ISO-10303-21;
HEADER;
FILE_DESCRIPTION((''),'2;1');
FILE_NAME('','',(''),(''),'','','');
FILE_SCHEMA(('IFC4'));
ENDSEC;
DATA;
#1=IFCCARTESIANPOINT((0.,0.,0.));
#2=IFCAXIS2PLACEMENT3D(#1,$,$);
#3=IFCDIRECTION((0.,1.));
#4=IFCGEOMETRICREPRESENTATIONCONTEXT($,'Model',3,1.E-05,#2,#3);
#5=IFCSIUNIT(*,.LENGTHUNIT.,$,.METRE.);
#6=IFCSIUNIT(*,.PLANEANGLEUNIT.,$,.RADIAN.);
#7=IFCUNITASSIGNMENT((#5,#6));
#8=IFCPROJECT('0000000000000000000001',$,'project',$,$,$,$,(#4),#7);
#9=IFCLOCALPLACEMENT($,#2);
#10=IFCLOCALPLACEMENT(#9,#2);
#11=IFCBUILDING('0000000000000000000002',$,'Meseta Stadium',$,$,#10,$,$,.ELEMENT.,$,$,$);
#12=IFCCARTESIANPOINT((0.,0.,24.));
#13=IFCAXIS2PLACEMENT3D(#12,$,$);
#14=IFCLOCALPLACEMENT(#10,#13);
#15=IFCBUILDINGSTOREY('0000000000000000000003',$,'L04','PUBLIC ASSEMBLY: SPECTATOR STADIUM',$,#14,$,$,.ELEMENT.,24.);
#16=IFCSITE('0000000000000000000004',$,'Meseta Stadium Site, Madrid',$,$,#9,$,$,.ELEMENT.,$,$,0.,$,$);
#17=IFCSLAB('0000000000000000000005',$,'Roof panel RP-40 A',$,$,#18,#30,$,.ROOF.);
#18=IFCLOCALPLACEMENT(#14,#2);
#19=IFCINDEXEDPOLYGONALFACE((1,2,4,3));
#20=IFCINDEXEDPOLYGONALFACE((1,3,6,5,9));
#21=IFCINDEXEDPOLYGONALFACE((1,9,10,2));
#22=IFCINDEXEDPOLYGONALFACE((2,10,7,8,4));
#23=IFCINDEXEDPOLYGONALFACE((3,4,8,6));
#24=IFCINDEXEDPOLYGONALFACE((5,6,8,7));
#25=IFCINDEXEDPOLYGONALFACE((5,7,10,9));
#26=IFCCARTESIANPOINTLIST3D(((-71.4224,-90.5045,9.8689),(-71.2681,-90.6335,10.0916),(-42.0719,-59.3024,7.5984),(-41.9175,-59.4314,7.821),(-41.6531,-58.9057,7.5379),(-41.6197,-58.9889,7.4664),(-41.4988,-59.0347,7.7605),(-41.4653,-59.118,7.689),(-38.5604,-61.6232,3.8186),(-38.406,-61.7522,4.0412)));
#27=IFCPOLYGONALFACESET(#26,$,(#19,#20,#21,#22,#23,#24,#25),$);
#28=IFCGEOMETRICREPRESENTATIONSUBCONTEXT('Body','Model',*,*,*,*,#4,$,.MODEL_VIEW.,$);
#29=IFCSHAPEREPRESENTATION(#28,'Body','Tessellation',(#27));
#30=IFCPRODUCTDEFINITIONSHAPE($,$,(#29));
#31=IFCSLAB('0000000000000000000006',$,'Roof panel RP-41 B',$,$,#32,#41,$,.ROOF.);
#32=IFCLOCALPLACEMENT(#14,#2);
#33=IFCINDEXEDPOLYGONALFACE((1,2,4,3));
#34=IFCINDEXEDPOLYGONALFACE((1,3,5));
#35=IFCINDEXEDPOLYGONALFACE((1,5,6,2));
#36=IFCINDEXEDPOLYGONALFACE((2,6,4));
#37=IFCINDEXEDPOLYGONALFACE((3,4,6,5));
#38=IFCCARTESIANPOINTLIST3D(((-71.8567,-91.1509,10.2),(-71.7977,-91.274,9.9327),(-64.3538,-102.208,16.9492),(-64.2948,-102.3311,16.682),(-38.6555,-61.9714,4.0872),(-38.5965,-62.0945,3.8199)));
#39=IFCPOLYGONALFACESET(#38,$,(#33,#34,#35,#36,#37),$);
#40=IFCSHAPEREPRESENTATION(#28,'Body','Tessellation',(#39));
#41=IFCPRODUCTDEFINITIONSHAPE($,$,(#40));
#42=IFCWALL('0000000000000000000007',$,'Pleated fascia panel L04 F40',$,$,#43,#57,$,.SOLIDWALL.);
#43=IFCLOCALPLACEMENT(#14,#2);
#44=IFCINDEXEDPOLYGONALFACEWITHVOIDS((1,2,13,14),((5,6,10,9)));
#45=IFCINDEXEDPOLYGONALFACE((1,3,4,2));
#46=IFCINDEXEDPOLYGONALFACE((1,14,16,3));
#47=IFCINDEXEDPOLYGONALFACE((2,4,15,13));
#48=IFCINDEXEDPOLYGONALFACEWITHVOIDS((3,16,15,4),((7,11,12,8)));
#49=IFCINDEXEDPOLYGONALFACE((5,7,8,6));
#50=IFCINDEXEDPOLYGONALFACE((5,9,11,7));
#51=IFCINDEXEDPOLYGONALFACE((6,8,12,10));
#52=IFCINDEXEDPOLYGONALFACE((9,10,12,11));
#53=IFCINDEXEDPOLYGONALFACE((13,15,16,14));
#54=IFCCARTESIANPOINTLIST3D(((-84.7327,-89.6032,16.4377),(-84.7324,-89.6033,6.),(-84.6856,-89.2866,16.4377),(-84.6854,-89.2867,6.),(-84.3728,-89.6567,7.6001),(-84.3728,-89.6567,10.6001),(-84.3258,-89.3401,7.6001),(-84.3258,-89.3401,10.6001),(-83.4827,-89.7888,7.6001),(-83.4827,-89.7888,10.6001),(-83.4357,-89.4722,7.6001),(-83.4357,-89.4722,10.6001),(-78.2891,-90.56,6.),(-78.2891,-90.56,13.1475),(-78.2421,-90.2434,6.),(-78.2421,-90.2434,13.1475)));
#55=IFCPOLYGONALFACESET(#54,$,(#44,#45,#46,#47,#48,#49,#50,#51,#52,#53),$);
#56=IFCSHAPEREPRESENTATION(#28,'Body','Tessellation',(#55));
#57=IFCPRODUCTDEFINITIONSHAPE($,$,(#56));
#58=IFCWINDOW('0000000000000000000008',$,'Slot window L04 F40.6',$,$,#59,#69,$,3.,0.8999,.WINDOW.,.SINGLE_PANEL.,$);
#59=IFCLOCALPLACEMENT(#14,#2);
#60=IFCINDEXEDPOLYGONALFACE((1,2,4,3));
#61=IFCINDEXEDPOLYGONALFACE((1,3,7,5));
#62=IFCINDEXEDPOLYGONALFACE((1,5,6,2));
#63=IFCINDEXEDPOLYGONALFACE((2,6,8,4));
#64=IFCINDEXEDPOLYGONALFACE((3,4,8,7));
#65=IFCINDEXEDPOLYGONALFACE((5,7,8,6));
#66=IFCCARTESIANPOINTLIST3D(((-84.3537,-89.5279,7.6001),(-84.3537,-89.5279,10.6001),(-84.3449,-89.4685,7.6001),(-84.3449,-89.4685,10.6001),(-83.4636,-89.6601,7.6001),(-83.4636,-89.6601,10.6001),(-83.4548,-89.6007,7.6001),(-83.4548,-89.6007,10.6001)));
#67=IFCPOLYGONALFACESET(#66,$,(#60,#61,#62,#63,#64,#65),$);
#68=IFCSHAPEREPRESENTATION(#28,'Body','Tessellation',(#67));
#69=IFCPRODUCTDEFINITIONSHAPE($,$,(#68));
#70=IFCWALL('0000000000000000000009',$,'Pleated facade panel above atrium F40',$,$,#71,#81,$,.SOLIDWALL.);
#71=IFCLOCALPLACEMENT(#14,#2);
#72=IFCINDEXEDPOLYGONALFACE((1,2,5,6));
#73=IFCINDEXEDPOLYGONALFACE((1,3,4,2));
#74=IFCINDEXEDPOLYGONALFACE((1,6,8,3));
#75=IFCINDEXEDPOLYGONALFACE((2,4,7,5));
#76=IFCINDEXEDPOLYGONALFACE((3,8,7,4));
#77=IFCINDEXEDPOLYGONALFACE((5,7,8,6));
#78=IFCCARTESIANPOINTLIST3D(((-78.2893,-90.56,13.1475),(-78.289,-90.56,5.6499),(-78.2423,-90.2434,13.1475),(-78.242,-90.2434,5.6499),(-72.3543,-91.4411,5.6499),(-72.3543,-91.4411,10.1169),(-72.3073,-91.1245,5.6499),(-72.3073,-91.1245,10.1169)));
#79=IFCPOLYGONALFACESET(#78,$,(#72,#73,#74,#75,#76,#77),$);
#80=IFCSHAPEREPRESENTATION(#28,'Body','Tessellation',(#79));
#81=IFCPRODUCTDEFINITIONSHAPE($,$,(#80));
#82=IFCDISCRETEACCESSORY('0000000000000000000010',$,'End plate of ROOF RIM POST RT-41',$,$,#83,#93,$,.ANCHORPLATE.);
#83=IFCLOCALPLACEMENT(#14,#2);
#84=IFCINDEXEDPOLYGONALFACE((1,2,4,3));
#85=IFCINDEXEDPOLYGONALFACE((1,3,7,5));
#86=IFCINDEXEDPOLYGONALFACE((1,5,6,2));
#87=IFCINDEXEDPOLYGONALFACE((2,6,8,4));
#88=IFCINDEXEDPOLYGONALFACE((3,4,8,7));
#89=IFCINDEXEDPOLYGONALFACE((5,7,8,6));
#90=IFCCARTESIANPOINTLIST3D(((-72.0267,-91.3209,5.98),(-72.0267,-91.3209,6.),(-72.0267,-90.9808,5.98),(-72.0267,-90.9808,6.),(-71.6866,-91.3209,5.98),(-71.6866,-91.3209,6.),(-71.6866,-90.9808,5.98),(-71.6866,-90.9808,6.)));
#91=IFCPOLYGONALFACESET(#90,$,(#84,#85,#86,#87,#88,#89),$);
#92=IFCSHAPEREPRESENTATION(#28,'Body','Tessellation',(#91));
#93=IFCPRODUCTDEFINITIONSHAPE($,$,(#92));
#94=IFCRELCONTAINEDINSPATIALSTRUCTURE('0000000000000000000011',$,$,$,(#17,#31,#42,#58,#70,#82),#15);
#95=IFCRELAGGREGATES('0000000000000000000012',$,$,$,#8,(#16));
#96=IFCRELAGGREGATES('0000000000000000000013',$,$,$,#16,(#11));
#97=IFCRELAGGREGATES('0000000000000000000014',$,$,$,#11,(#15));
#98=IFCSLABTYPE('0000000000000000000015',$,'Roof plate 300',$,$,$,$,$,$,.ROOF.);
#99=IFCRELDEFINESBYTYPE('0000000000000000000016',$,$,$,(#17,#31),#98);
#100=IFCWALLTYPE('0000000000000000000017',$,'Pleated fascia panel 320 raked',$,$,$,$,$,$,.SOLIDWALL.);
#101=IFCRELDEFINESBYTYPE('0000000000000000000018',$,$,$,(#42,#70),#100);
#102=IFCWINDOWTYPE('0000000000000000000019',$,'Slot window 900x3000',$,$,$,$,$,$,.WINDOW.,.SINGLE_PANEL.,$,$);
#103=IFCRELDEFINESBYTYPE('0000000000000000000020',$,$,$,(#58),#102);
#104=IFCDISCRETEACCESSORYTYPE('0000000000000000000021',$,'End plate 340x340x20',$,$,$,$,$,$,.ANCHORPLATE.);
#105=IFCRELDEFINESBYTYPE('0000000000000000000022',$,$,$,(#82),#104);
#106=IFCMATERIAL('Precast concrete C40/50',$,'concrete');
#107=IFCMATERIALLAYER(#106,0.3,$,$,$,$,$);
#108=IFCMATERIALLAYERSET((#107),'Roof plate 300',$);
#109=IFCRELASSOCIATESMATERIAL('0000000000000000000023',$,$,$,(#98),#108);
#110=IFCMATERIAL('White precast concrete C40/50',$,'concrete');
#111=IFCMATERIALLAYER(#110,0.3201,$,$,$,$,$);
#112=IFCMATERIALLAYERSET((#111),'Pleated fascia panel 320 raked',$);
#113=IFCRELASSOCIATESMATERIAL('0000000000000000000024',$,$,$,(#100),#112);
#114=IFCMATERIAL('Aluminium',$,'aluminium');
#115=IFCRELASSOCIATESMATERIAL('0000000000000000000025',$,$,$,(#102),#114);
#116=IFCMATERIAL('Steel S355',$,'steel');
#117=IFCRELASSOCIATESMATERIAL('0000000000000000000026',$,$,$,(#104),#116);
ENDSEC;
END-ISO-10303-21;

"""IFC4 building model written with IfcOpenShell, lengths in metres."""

from ifc_helpers import new_model, si_unit, direction, frame, frame_2d, origin, origin_2d, place, context, subcontext, project, spatial, polyline, rectangle, outline, extrude, material, layer, layer_set, material_profile, profile_set, type_object, element, fill, save


model = new_model("IFC4")

# Units and contexts
model_context = context("Model", 3, precision=1e-05, world=origin(), true_north=direction((0.0, 1.0)))
body_context = subcontext(model_context, "Body", "Model", "MODEL_VIEW")
ifc_project = project(units=[si_unit("LENGTHUNIT", "METRE"), si_unit("PLANEANGLEUNIT", "RADIAN")], contexts=[model_context])

# Site, building, storey
site_placement = place(None, origin())
site = spatial("IfcSite", under=ifc_project, at=site_placement, Name="Meseta Stadium Site, Madrid", CompositionType="ELEMENT", RefElevation=0.0)
building_placement = place(site_placement, origin())
building = spatial("IfcBuilding", under=site, at=building_placement, Name="Meseta Stadium", CompositionType="ELEMENT")
storey_placement = place(building_placement, frame((0.0, 0.0, 24.0)))
storey = spatial("IfcBuildingStorey", under=building, at=storey_placement, Name="L04", Description="PUBLIC ASSEMBLY: SPECTATOR STADIUM", CompositionType="ELEMENT", Elevation=24.0)

# Slabs
ifc_material_1 = material(Name="Precast concrete C40/50", Category="concrete")
ifc_layer_1 = layer(ifc_material_1, 0.3)
ifc_layer_set_1 = layer_set([ifc_layer_1], Name="Roof plate 300")
slab_type = type_object("IfcSlabType", Name="Roof plate 300", PredefinedType="ROOF", material=ifc_layer_set_1)
slab_1_placement = place(storey_placement, frame((-71.2681, -90.6335, 10.0916), z_axis=(0.514467, -0.429947, 0.741936), x_axis=(0.744054, 0.653925, -0.136991)))
element("IfcSlab", 1, at=slab_1_placement, inside=storey, type_object=slab_type, Name="Roof panel RP-40 A", PredefinedType="ROOF", context=body_context, shape_type="SweptSolid", body=[
    extrude(outline(polyline([(0.0, 0.0), (44.1662, 0.0), (43.1326, 5.4511), (43.1128, 5.3381), (42.5533, 5.4224), (0.0, 0.0)])), origin(), (0.0, 0.0, -1.0), 0.3),
])
slab_2_placement = place(storey_placement, frame((-71.8567, -91.1509, 10.2), z_axis=(-0.196562, 0.410215, 0.890554), x_axis=(0.744054, 0.653925, -0.136991)))
element("IfcSlab", 2, at=slab_2_placement, inside=storey, type_object=slab_type, Name="Roof panel RP-41 B", PredefinedType="ROOF", context=body_context, shape_type="SweptSolid", body=[
    extrude(outline(polyline([(0.0, 0.0), (44.622, 0.0), (-2.5725, -14.7475), (0.0, 0.0)])), origin(), (0.0, 0.0, -1.0), 0.3),
])

# Wall, opening, window
ifc_material_2 = material(Name="White precast concrete C40/50", Category="concrete")
ifc_layer_2 = layer(ifc_material_2, 0.3201)
ifc_layer_set_2 = layer_set([ifc_layer_2], Name="Pleated fascia panel 320 raked")
wall_type = type_object("IfcWallType", Name="Pleated fascia panel 320 raked", PredefinedType="SOLIDWALL", material=ifc_layer_set_2)
wall_1_placement = place(storey_placement, frame((-78.2656, -90.4016, 6.0), z_axis=(0.0, 0.0, 1.0), x_axis=(-0.989154, 0.146881, 0.0)))
wall_1 = element("IfcWall", 3, at=wall_1_placement, inside=storey, type_object=wall_type, Name="Pleated fascia panel L04 F40", PredefinedType="SOLIDWALL", context=body_context, shape_type="SweptSolid", body=[
    extrude(outline(polyline([(0.0, 0.0), (6.5139, 0.0), (6.5142, 10.4377), (0.0, 7.1475), (0.0, 0.0)])), frame((0.0, 0.1602, 0.0), z_axis=(0.0, -1.0, 0.0), x_axis=(1.0, 0.0, 0.0)), (0.0, 0.0, 1.0), 0.3201),
])
opening_placement = place(wall_1_placement, frame((5.2505, 0.0, 1.6001)))
opening = element("IfcOpeningElement", 4, at=opening_placement, cuts=wall_1, PredefinedType="OPENING", context=body_context, shape_type="SweptSolid", body=[
    extrude(rectangle(XDim=0.8999, YDim=3.0, at=frame_2d((0.45, 1.5))), frame((0.0, 0.1699, 0.0), z_axis=(0.0, -1.0, 0.0), x_axis=(1.0, 0.0, 0.0)), (0.0, 0.0, 1.0), 0.3401),
])
ifc_material_3 = material(Name="Aluminium", Category="aluminium")
window_type = type_object("IfcWindowType", Name="Slot window 900x3000", PartitioningType="SINGLE_PANEL", PredefinedType="WINDOW", material=ifc_material_3)
window_placement = place(opening_placement, origin())
window = element("IfcWindow", 5, at=window_placement, inside=storey, type_object=window_type, Name="Slot window L04 F40.6", OverallHeight=3.0, OverallWidth=0.8999, PartitioningType="SINGLE_PANEL", PredefinedType="WINDOW", context=body_context, shape_type="SweptSolid", body=[
    extrude(rectangle(XDim=0.8999, YDim=3.0, at=frame_2d((0.45, 1.5))), frame((0.0, 0.03, 0.0), z_axis=(0.0, -1.0, 0.0), x_axis=(1.0, 0.0, 0.0)), (0.0, 0.0, 1.0), 0.0601),
])
fill(opening, window)

# Wall
wall_2_placement = place(storey_placement, frame((-72.3308, -91.2827, 5.6499), z_axis=(0.0, 0.0, 1.0), x_axis=(-0.989158, 0.146854, 0.0)))
element("IfcWall", 6, at=wall_2_placement, inside=storey, type_object=wall_type, Name="Pleated facade panel above atrium F40", PredefinedType="SOLIDWALL", context=body_context, shape_type="SweptSolid", body=[
    extrude(outline(polyline([(0.0, 0.0), (5.9998, 0.0), (6.0, 7.4976), (0.0, 4.467), (0.0, 0.0)])), frame((0.0, 0.1602, 0.0), z_axis=(0.0, -1.0, 0.0), x_axis=(1.0, 0.0, 0.0)), (0.0, 0.0, 1.0), 0.3201),
])

# Discrete accessory
ifc_material_4 = material(Name="Steel S355", Category="steel")
ifc_material_profile_1 = material_profile(ifc_material_4, rectangle(XDim=0.3401, YDim=0.3401, at=origin_2d()), Name="PL 340x340")
ifc_profile_set_1 = profile_set([ifc_material_profile_1], Name="Steel S355")
discrete_accessory_type = type_object("IfcDiscreteAccessoryType", Name="End plate 340x340x20", PredefinedType="ANCHORPLATE", material=ifc_profile_set_1)
discrete_accessory_placement = place(storey_placement, frame((-71.8567, -91.1509, 5.98), z_axis=(0.0, 0.0, 1.0), x_axis=(1.0, 0.0, 0.0)))
element("IfcDiscreteAccessory", 7, at=discrete_accessory_placement, inside=storey, type_object=discrete_accessory_type, Name="End plate of ROOF RIM POST RT-41", PredefinedType="ANCHORPLATE", context=body_context, shape_type="SweptSolid", body=[
    extrude(rectangle(XDim=0.3401, YDim=0.3401, at=origin_2d()), origin(), (0.0, 0.0, 1.0), 0.02),
])

save(model, "model.ifc")
